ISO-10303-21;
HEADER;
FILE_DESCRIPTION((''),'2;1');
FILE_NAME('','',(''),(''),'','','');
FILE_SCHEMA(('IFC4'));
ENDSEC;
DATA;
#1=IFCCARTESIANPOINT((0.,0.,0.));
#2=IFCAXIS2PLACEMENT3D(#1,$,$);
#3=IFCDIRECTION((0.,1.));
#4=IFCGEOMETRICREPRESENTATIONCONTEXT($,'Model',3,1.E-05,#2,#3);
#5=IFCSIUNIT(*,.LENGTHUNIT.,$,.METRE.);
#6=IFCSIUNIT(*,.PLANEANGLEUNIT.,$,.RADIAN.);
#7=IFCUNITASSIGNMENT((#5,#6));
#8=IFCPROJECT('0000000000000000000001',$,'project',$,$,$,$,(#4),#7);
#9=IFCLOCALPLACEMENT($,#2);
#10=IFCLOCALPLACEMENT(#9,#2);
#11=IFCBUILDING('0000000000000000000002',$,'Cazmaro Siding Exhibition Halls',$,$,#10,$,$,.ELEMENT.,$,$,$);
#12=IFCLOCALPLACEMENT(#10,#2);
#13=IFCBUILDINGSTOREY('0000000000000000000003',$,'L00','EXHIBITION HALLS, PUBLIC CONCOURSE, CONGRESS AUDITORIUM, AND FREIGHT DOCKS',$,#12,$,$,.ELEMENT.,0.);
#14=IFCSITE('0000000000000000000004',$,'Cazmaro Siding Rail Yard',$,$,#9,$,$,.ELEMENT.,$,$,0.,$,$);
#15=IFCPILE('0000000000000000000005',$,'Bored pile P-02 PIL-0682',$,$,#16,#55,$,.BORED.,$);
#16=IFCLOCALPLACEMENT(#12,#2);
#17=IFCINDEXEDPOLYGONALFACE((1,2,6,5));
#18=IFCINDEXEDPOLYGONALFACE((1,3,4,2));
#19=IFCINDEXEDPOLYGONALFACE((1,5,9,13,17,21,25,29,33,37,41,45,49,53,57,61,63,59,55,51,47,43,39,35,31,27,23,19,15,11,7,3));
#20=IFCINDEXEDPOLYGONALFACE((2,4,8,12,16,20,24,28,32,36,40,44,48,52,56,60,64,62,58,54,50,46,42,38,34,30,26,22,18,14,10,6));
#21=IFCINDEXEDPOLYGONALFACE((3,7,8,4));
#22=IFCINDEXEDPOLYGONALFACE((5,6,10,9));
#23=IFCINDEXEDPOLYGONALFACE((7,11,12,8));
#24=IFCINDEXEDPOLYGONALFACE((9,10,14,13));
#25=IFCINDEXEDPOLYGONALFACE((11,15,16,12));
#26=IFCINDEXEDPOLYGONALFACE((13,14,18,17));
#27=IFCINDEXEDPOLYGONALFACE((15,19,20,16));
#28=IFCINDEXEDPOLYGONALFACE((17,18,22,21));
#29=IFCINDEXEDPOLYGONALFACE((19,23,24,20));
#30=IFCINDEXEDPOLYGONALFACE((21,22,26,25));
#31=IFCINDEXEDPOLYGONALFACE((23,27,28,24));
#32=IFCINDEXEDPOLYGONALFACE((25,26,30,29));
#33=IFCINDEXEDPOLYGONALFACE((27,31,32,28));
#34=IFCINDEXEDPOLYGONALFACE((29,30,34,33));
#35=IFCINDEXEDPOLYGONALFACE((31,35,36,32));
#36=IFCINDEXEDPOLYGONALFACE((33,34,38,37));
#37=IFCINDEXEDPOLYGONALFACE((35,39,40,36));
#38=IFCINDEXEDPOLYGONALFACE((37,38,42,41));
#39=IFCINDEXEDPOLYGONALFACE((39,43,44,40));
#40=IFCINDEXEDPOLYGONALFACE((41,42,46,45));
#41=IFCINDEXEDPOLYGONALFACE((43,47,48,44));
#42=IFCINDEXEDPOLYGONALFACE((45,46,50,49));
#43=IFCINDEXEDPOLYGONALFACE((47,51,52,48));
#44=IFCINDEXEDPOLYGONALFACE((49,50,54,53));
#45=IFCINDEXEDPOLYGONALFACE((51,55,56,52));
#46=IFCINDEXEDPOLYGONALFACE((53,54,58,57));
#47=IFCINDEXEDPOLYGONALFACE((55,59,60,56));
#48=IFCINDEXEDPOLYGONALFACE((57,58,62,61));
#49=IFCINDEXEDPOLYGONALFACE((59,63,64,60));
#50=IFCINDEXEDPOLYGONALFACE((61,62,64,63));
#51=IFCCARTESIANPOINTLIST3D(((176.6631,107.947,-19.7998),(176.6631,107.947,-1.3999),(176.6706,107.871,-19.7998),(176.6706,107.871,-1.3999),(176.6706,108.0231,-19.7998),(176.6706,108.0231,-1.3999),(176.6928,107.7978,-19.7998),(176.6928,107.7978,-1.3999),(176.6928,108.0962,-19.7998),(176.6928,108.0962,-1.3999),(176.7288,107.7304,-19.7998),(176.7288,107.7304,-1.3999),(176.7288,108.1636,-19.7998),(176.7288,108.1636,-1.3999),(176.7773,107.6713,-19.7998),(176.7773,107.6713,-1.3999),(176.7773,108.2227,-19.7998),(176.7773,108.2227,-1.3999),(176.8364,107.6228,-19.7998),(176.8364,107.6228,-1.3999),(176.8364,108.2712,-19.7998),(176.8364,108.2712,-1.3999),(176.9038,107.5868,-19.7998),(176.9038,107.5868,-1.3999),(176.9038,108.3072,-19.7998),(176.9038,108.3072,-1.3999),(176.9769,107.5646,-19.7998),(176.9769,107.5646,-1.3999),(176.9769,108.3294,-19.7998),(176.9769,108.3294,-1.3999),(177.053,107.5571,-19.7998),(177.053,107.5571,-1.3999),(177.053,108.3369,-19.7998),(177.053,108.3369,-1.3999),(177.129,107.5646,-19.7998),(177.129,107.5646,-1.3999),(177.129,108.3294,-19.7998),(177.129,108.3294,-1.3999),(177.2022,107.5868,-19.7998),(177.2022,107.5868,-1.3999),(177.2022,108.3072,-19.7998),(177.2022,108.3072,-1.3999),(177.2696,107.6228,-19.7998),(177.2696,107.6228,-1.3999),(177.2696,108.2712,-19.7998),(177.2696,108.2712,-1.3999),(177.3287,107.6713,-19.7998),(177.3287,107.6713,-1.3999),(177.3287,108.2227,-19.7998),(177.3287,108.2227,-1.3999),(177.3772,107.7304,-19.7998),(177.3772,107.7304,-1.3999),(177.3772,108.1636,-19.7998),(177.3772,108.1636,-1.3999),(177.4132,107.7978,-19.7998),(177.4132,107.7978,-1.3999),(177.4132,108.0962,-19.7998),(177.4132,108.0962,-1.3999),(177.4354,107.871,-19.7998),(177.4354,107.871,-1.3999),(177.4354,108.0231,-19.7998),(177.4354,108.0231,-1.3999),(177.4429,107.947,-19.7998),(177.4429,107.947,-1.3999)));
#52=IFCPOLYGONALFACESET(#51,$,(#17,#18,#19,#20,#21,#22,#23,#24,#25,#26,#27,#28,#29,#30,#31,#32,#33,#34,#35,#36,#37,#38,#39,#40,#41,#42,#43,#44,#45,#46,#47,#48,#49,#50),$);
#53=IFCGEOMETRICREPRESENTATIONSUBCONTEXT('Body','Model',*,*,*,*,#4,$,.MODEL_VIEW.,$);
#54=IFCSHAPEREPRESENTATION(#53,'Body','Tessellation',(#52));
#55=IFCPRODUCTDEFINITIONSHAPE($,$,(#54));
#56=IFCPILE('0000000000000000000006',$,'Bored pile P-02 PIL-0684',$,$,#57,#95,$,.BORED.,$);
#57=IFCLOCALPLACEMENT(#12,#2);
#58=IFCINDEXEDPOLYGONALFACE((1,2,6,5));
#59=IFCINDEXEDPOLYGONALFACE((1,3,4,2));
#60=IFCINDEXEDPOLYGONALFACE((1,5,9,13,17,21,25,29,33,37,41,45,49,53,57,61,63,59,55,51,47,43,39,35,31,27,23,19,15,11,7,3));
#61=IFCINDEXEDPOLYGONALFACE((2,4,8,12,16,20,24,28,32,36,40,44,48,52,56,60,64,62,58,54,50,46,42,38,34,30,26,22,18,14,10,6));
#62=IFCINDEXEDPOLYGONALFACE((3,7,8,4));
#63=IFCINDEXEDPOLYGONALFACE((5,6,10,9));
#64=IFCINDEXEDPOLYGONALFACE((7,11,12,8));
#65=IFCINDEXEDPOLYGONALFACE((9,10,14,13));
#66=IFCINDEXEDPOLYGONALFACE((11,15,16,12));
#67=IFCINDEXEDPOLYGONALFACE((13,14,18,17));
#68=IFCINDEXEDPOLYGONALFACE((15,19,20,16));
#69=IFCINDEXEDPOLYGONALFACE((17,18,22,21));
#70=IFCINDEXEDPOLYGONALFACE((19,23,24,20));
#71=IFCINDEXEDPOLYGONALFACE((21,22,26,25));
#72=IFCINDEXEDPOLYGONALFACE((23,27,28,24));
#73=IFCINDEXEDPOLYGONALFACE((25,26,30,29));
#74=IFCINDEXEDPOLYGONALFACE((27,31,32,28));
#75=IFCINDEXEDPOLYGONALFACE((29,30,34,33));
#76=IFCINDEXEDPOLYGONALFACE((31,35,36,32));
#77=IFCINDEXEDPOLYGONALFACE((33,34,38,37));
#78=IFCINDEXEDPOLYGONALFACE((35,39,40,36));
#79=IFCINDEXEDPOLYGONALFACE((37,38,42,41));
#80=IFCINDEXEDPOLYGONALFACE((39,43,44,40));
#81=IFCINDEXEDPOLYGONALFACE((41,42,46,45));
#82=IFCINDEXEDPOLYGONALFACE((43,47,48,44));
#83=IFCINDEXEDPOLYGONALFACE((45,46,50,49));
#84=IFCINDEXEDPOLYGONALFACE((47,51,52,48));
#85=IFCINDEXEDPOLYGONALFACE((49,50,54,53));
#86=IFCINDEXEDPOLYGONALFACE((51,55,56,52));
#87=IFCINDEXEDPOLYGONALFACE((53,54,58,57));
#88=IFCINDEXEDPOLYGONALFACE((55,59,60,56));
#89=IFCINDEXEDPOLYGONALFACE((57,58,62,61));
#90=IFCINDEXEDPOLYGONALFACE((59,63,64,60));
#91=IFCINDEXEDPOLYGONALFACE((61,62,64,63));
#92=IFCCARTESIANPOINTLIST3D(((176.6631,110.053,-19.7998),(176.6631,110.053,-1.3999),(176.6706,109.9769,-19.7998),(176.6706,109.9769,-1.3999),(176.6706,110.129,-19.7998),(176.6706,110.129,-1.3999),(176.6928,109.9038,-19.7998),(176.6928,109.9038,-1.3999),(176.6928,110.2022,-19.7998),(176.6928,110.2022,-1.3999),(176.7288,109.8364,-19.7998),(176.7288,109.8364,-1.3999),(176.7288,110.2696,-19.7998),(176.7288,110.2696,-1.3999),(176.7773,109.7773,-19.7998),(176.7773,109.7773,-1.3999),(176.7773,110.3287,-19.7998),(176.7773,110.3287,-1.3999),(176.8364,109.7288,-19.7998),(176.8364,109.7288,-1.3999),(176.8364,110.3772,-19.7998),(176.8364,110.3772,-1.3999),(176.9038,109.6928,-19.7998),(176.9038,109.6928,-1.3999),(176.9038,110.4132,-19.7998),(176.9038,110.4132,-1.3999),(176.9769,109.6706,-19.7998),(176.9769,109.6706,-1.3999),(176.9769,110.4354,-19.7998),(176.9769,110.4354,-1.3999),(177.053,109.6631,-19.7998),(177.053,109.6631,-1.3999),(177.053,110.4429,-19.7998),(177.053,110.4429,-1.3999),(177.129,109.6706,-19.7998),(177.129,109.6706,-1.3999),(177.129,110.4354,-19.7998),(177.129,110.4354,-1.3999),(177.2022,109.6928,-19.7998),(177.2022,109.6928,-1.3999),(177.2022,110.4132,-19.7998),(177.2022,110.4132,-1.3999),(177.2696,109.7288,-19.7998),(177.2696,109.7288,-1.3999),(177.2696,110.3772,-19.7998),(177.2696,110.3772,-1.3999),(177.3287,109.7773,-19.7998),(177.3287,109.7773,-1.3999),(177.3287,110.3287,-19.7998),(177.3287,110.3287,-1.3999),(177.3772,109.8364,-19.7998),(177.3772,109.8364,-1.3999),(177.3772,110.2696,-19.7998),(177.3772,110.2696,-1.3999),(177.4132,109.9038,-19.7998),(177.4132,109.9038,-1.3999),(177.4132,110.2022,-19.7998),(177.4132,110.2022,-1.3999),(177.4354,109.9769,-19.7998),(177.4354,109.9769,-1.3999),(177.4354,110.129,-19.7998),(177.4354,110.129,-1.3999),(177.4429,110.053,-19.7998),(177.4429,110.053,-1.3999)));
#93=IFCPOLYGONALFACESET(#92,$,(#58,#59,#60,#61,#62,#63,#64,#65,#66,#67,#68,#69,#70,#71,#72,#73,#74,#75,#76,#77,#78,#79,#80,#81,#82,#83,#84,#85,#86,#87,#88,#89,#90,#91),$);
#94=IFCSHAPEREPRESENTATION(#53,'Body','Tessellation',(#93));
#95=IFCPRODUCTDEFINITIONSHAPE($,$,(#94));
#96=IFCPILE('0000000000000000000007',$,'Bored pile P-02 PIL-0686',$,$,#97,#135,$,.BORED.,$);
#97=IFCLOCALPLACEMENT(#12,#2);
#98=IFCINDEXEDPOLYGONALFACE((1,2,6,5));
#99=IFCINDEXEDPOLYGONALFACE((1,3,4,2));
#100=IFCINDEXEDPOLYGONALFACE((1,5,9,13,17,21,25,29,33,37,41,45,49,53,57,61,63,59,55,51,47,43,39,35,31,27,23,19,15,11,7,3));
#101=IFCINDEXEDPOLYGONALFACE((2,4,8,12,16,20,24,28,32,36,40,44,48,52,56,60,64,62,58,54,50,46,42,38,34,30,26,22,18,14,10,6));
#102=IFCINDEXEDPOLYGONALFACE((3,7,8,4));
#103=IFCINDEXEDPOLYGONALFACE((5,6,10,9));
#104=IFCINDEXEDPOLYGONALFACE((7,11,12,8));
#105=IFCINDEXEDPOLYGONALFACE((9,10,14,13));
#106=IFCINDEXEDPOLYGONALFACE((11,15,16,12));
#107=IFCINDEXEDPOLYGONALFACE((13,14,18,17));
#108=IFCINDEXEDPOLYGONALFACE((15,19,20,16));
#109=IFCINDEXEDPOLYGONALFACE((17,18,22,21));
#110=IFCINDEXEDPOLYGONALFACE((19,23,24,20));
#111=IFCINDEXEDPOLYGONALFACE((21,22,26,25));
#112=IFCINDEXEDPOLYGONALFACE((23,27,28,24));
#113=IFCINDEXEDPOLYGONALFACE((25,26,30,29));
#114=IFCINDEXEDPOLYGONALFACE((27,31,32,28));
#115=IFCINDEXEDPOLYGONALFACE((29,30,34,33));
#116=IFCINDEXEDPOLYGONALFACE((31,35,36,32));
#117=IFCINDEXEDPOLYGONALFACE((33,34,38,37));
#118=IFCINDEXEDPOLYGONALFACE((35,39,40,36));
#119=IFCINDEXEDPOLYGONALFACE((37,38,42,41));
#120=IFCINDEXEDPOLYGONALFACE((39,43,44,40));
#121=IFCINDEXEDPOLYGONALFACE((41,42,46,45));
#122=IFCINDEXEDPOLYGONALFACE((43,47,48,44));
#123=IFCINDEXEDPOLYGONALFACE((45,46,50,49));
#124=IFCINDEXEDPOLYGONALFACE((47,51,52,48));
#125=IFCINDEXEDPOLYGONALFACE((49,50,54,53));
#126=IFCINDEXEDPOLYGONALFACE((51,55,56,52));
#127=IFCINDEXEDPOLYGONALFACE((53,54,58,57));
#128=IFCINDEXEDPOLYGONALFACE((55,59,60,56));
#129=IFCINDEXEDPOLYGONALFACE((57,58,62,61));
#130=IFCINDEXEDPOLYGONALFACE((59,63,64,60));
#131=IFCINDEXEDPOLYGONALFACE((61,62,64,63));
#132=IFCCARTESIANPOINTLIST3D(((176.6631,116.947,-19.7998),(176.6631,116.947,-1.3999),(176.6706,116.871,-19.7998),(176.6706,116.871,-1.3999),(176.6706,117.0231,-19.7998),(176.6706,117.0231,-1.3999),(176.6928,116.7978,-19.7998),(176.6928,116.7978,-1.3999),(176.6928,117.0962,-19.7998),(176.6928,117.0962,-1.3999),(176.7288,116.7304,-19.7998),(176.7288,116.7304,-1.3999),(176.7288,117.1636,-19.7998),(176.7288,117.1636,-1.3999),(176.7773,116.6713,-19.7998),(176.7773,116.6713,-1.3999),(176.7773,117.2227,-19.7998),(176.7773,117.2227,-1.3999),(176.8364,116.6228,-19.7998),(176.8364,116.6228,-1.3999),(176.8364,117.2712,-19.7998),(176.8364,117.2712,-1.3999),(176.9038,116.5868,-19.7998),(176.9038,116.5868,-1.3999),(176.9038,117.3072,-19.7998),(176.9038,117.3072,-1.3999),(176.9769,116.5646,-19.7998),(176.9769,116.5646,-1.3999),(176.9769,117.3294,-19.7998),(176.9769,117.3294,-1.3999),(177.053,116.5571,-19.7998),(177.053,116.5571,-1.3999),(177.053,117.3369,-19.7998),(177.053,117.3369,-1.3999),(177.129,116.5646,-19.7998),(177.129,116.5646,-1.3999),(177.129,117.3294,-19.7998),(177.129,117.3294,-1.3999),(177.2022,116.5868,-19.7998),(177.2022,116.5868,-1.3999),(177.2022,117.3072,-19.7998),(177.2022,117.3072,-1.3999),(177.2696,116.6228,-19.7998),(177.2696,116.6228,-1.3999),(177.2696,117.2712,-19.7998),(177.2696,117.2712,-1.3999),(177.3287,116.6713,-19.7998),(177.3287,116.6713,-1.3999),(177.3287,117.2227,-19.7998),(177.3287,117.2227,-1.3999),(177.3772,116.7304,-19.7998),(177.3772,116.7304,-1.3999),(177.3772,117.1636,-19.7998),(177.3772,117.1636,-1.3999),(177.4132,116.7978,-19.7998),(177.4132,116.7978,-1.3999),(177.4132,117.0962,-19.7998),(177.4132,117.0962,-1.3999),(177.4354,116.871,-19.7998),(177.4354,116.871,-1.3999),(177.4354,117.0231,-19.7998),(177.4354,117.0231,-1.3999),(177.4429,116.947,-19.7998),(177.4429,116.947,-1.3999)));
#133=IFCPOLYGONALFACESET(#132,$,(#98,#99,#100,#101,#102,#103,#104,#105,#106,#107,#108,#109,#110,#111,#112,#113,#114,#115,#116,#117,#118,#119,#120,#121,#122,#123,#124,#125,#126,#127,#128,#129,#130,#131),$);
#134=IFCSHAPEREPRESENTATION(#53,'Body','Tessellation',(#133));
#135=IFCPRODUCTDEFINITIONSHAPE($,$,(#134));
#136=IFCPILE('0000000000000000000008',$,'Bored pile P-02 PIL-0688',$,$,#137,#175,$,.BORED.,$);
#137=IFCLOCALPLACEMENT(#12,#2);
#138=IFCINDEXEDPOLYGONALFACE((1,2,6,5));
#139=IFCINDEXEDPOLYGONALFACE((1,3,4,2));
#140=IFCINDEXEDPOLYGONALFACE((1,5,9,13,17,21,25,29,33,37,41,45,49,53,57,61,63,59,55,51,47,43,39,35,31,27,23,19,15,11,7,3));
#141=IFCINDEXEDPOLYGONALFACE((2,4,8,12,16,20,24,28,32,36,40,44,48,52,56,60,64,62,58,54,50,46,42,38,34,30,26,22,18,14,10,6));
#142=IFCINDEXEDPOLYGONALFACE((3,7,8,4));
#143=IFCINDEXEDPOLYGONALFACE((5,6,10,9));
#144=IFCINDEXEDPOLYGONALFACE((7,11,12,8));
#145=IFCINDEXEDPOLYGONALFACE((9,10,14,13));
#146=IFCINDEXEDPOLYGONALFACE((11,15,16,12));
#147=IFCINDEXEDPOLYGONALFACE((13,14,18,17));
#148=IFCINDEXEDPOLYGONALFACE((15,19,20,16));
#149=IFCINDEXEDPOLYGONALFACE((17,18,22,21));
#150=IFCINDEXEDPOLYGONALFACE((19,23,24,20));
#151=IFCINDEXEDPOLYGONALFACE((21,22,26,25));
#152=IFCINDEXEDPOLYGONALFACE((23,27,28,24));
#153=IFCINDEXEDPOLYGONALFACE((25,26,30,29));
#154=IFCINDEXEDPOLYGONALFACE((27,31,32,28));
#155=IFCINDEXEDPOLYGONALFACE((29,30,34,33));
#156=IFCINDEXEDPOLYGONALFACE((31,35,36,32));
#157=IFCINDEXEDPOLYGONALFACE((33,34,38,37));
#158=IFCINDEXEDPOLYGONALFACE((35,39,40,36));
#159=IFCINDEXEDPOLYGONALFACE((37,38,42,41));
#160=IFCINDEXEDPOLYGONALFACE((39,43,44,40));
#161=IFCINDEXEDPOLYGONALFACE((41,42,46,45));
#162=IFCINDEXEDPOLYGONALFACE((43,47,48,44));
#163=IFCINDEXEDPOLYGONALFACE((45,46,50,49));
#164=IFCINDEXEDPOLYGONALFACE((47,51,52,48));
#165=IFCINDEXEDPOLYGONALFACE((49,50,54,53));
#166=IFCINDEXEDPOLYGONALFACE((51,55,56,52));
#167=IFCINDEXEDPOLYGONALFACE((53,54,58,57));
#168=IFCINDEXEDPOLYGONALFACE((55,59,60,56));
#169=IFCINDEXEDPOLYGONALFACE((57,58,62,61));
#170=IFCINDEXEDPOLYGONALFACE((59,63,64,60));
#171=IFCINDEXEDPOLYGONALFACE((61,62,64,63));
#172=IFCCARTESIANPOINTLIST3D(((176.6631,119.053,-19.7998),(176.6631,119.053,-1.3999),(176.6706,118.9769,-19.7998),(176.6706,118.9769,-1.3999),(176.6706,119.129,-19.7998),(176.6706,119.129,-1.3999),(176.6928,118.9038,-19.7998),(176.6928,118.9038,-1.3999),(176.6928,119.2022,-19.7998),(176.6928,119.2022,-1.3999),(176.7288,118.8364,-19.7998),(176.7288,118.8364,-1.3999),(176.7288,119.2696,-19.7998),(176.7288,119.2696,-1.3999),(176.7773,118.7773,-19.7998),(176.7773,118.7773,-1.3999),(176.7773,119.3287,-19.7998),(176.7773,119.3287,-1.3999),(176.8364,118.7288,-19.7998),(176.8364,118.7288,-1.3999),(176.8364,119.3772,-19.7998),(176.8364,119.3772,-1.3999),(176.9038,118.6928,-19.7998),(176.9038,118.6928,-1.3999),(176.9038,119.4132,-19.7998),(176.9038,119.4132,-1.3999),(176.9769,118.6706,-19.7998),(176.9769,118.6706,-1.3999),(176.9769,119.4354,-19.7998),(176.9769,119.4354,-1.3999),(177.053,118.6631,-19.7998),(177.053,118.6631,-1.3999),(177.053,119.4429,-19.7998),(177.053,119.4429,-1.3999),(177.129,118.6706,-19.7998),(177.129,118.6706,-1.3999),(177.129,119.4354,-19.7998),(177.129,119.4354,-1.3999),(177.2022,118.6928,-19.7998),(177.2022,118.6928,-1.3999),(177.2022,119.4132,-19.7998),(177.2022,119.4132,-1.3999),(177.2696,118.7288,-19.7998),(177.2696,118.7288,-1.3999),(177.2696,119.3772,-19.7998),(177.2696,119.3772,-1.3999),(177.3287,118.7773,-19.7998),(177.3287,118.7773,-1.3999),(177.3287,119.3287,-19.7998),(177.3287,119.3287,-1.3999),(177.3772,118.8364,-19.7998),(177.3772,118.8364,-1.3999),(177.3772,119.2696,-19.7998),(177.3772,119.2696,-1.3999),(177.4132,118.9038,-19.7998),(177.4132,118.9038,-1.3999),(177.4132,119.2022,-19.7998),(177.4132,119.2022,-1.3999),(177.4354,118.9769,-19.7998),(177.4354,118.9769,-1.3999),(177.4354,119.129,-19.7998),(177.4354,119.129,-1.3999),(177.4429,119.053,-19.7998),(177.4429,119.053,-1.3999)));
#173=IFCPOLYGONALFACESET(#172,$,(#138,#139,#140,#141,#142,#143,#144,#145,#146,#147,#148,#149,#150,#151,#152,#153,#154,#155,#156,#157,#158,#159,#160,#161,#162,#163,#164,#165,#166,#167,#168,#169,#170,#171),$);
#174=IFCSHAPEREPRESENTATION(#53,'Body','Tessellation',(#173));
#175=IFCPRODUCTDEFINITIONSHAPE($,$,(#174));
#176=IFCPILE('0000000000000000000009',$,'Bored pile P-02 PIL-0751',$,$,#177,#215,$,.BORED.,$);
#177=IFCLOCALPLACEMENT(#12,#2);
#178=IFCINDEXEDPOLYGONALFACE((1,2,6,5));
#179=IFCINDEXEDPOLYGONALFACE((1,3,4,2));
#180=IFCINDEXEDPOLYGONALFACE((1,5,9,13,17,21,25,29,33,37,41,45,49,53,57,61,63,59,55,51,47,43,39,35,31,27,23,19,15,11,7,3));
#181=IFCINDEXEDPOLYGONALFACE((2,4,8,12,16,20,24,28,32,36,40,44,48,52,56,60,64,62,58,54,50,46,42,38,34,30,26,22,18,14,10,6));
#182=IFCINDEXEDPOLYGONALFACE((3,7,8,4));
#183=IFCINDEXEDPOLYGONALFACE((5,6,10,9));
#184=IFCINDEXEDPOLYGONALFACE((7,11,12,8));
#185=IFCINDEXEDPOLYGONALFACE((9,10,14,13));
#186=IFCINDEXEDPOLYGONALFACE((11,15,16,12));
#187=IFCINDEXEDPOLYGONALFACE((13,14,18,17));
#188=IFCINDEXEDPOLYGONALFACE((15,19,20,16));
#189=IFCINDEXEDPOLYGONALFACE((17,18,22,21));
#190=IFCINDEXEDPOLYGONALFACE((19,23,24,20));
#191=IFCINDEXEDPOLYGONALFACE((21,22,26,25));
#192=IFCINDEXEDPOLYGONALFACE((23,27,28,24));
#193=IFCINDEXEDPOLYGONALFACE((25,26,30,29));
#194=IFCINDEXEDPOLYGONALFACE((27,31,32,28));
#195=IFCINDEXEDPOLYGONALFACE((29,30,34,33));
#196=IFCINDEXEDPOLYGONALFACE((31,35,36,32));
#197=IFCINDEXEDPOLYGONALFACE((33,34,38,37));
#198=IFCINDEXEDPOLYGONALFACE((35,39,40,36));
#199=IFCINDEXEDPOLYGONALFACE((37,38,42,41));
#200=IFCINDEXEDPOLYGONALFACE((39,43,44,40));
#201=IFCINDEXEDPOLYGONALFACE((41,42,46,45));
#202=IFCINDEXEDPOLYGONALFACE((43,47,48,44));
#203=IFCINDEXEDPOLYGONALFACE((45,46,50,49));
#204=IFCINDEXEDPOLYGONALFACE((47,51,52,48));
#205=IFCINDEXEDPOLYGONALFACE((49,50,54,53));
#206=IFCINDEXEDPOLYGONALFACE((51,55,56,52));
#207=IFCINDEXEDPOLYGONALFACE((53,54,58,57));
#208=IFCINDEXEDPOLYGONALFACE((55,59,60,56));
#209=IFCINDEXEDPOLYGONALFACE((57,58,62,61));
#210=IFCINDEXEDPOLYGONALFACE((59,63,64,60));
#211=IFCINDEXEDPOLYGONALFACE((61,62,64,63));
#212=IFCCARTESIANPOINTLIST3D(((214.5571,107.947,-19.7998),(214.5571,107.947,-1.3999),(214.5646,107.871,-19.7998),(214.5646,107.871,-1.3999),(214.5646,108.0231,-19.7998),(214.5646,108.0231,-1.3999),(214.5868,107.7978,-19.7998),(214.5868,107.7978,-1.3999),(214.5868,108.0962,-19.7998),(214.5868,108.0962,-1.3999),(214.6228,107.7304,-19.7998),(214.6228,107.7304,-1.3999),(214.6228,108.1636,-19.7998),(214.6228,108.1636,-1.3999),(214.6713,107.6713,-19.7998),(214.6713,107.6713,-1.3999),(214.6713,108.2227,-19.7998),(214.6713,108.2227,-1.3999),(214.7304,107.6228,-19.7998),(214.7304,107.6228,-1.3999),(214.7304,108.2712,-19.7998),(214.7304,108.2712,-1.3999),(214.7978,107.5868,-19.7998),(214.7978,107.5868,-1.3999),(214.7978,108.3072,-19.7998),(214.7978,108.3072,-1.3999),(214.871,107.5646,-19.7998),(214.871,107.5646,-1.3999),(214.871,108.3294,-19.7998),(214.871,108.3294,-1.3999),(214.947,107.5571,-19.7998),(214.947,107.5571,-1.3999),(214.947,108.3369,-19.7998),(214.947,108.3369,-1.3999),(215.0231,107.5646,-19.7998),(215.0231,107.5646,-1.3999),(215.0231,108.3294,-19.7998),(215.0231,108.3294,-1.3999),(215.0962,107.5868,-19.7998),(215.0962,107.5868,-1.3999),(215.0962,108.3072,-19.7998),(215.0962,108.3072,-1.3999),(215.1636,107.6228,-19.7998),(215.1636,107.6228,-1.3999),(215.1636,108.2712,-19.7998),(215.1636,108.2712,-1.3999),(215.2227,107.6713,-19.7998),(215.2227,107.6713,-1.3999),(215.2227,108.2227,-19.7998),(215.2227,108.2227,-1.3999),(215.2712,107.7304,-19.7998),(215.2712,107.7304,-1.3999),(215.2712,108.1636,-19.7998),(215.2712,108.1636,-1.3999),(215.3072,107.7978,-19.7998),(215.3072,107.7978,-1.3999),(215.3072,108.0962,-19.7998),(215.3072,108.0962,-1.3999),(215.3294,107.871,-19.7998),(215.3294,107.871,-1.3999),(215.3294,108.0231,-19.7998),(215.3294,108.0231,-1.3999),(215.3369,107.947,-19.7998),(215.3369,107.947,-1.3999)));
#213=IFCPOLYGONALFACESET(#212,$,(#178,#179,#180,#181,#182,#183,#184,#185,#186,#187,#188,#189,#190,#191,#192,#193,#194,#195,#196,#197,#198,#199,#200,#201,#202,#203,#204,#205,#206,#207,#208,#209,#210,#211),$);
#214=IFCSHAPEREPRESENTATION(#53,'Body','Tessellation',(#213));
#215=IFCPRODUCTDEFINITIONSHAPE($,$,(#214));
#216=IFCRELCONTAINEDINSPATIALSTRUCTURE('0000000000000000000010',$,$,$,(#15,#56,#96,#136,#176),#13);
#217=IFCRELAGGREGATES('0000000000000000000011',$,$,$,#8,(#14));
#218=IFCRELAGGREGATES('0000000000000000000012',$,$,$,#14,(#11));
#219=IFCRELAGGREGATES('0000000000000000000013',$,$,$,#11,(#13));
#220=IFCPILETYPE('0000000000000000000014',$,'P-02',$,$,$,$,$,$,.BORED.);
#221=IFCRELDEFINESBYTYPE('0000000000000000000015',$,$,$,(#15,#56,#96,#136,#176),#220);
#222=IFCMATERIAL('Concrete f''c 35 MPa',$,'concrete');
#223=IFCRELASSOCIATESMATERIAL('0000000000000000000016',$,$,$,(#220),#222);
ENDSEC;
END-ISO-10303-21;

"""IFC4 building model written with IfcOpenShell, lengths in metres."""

from ifc_helpers import new_model, si_unit, direction, frame, origin, origin_2d, place, context, subcontext, project, spatial, circle, extrude, material, material_profile, profile_set, type_object, element, save


model = new_model("IFC4")

# Units and contexts
model_context = context("Model", 3, precision=1e-05, world=origin(), true_north=direction((0.0, 1.0)))
body_context = subcontext(model_context, "Body", "Model", "MODEL_VIEW")
ifc_project = project(units=[si_unit("LENGTHUNIT", "METRE"), si_unit("PLANEANGLEUNIT", "RADIAN")], contexts=[model_context])

# Site, building, storey
site_placement = place(None, origin())
site = spatial("IfcSite", under=ifc_project, at=site_placement, Name="Cazmaro Siding Rail Yard", CompositionType="ELEMENT", RefElevation=0.0)
building_placement = place(site_placement, origin())
building = spatial("IfcBuilding", under=site, at=building_placement, Name="Cazmaro Siding Exhibition Halls", CompositionType="ELEMENT")
storey_placement = place(building_placement, origin())
storey = spatial("IfcBuildingStorey", under=building, at=storey_placement, Name="L00", Description="EXHIBITION HALLS, PUBLIC CONCOURSE, CONGRESS AUDITORIUM, AND FREIGHT DOCKS", CompositionType="ELEMENT", Elevation=0.0)

# Piles
ifc_material_1 = material(Name="Concrete f'c 35 MPa", Category="concrete")
ifc_material_profile_1 = material_profile(ifc_material_1, circle(Radius=0.3899, at=origin_2d()), Name="CIDH-780")
ifc_profile_set_1 = profile_set([ifc_material_profile_1], Name="Concrete f'c 35 MPa")
pile_type = type_object("IfcPileType", Name="P-02", PredefinedType="BORED", material=ifc_profile_set_1)
for number, where, z_axis, x_axis, name in (
    (1, (177.053, 107.947, -1.3999), (0.0, 0.0, -1.0), (1.0, 0.0, 0.0), "Bored pile P-02 PIL-0682"),
    (2, (177.053, 110.053, -1.3999), (0.0, 0.0, -1.0), (1.0, 0.0, 0.0), "Bored pile P-02 PIL-0684"),
    (3, (177.053, 116.947, -1.3999), (0.0, 0.0, -1.0), (1.0, 0.0, 0.0), "Bored pile P-02 PIL-0686"),
    (4, (177.053, 119.053, -1.3999), (0.0, 0.0, -1.0), (1.0, 0.0, 0.0), "Bored pile P-02 PIL-0688"),
    (5, (214.947, 107.947, -1.3999), (0.0, 0.0, -1.0), (1.0, 0.0, 0.0), "Bored pile P-02 PIL-0751"),
):
    element("IfcPile", number, at=place(storey_placement, frame(where, z_axis=z_axis, x_axis=x_axis)), inside=storey, type_object=pile_type, Name=name, PredefinedType="BORED", context=body_context, shape_type="SweptSolid", body=[
        extrude(circle(Radius=0.3899, at=origin_2d()), origin(), (0.0, 0.0, 1.0), 18.3999),
    ])

save(model, "model.ifc")
